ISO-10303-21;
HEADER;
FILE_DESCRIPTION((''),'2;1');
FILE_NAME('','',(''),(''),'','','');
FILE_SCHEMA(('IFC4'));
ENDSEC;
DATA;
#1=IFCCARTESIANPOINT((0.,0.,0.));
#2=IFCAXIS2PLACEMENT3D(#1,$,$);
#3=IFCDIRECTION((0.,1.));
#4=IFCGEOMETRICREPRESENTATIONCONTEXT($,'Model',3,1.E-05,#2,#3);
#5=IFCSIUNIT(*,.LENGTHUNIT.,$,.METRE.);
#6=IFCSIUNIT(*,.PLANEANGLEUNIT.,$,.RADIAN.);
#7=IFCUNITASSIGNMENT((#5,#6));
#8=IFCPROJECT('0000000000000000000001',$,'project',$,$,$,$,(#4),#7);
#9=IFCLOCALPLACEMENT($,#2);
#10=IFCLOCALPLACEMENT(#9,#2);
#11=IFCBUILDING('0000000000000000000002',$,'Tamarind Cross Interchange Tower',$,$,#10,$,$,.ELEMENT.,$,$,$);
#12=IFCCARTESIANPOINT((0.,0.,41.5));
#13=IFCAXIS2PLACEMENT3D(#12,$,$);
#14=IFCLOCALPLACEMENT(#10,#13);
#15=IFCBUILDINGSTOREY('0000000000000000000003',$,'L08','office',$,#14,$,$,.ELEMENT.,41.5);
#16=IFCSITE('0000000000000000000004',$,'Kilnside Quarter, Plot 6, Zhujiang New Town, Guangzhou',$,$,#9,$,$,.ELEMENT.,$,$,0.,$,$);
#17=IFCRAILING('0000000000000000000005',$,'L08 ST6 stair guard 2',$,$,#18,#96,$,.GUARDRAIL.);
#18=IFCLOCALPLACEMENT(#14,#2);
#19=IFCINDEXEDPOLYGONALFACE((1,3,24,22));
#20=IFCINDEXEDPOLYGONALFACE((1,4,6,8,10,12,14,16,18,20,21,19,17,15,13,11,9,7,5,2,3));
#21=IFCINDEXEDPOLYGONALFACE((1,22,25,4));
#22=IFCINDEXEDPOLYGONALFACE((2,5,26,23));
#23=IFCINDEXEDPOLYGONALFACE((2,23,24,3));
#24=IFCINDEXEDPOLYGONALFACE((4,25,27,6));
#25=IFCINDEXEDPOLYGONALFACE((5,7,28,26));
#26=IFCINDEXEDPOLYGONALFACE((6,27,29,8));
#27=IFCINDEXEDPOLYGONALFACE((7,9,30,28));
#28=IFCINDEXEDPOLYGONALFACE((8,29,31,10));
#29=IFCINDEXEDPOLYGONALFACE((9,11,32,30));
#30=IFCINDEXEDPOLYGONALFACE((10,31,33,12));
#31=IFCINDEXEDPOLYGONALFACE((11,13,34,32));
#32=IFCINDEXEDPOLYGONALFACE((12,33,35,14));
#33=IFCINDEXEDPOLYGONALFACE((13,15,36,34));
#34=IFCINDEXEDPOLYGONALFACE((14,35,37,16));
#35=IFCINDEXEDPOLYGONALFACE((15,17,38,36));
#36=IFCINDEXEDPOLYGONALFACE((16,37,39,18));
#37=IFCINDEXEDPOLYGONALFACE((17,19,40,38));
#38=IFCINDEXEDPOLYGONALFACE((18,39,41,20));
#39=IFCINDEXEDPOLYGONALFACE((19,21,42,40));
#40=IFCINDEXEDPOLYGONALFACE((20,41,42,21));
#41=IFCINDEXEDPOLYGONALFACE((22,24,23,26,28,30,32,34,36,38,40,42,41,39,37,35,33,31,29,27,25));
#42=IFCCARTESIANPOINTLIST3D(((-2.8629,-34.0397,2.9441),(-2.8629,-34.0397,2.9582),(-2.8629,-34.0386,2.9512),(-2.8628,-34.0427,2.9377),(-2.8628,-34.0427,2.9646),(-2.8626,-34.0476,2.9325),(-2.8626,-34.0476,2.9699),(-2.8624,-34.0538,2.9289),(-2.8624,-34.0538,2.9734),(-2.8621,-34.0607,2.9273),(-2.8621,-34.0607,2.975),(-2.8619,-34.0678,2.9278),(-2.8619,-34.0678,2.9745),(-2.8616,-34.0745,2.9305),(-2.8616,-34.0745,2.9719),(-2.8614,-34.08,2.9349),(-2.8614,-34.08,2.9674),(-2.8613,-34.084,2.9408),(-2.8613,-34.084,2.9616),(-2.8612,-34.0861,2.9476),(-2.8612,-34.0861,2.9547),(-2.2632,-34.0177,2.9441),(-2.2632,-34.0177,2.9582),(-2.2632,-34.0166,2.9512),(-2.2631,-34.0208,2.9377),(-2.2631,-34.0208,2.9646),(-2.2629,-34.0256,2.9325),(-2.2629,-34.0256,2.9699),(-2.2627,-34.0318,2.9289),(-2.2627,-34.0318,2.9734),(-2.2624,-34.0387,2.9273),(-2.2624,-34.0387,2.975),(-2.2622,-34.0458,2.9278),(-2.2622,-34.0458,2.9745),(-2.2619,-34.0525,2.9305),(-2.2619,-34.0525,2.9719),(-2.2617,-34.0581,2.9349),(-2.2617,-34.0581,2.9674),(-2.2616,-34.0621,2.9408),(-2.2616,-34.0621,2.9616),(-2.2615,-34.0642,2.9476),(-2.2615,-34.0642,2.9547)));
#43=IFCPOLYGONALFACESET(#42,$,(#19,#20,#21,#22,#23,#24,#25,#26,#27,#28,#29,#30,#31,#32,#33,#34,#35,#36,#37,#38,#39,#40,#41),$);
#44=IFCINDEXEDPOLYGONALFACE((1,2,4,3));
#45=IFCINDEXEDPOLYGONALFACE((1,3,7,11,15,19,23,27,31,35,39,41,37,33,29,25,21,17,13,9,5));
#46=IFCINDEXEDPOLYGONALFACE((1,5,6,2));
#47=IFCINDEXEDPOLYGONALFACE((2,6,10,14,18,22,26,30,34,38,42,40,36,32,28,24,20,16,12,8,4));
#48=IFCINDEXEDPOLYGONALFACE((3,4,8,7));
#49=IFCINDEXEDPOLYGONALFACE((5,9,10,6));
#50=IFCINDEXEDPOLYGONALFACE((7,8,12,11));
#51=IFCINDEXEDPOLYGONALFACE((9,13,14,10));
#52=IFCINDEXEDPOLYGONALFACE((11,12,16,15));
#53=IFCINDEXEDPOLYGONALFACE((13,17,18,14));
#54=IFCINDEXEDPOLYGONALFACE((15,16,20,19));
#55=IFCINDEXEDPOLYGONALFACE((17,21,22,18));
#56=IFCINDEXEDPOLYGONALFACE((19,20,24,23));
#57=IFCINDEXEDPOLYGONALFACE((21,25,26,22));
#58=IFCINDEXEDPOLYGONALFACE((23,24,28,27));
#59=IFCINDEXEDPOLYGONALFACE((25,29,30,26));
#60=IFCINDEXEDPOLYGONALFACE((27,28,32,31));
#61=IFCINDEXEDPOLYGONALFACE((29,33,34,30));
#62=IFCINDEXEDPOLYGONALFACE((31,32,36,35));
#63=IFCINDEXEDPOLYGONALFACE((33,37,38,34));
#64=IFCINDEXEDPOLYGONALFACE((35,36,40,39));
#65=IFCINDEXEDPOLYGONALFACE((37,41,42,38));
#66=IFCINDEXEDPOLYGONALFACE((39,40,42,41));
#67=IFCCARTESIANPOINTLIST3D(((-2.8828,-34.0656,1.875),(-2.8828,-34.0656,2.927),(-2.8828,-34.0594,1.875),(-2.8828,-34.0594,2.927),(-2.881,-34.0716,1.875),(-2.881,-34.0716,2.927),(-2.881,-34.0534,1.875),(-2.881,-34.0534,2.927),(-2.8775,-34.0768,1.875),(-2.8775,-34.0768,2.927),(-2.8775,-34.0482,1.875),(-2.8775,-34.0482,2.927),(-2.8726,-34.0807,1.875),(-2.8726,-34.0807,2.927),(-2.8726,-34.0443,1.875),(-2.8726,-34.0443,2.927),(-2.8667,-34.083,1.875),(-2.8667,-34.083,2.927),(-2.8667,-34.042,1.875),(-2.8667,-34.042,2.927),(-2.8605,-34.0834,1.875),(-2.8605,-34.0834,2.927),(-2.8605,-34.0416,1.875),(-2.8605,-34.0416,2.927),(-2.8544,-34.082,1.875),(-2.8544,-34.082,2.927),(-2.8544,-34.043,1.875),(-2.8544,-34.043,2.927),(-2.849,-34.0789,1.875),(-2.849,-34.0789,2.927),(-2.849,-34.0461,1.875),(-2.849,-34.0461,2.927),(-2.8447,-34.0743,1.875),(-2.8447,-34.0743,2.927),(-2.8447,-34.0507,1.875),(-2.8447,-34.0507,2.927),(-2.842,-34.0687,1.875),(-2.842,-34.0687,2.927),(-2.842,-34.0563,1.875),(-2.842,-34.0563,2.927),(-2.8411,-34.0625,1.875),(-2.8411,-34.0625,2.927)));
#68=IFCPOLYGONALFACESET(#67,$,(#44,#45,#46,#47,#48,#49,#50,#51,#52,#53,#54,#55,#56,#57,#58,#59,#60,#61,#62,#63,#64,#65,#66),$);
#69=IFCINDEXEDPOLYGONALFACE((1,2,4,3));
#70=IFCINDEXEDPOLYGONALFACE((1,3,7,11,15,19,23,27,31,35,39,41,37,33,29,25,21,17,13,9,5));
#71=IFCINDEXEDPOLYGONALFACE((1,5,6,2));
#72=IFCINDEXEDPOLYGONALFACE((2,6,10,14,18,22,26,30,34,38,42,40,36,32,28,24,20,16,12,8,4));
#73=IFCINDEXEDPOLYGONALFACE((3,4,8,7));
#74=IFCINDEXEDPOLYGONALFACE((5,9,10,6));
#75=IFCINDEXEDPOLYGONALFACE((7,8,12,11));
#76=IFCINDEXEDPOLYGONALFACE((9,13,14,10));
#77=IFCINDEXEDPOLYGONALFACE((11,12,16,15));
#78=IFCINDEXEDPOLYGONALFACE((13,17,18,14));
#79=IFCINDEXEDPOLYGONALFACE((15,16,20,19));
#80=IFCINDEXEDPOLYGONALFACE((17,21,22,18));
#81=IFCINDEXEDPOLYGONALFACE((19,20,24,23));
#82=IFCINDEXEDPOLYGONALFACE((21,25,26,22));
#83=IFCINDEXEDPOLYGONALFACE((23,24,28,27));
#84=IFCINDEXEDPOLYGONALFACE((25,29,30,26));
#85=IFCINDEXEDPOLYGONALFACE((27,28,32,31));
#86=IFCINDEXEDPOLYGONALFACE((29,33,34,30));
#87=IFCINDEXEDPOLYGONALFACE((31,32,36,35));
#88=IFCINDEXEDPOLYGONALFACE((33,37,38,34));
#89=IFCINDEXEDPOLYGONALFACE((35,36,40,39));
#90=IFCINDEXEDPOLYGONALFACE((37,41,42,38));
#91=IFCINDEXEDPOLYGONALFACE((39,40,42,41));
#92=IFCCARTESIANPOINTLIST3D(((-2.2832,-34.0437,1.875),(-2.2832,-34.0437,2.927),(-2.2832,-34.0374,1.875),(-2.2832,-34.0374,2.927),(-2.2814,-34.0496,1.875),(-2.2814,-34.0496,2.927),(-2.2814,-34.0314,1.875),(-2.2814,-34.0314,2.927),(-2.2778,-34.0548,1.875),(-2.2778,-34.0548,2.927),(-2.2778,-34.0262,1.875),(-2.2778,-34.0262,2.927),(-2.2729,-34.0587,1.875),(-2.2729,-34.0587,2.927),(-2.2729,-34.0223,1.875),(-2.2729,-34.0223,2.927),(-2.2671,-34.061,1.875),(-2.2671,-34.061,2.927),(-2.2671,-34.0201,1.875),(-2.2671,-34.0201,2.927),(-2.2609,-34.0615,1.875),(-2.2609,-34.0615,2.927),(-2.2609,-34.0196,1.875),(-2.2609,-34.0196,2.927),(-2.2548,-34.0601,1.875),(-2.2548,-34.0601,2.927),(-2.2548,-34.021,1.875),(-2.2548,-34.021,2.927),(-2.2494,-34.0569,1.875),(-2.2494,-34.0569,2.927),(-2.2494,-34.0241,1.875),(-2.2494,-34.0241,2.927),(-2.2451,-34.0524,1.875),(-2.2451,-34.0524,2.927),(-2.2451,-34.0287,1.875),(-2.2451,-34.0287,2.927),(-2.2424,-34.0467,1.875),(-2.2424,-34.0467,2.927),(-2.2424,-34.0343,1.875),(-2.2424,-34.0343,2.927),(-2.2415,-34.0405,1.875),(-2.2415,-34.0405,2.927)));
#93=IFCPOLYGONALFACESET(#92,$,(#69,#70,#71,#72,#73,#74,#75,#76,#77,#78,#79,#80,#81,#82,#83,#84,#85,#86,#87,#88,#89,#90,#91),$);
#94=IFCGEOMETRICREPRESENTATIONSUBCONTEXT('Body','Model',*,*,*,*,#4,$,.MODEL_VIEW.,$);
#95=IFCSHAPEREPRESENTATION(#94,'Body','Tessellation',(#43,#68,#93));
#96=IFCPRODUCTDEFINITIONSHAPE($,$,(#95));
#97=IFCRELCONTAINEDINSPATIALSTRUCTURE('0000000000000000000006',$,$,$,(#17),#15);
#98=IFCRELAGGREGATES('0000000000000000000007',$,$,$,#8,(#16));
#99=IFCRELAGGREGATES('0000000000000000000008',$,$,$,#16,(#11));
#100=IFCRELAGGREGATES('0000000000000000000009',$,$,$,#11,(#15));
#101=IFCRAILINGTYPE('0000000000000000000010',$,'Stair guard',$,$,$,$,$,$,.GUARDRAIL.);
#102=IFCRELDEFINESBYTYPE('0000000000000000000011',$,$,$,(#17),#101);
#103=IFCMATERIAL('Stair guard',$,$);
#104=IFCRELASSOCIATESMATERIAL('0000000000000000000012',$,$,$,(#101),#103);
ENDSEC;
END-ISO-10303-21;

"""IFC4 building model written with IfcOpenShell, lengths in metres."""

from ifc_helpers import new_model, si_unit, direction, frame, origin, origin_2d, place, context, subcontext, project, spatial, circle, extrude, material, type_object, element, save


model = new_model("IFC4")

# Units and contexts
model_context = context("Model", 3, precision=1e-05, world=origin(), true_north=direction((0.0, 1.0)))
body_context = subcontext(model_context, "Body", "Model", "MODEL_VIEW")
ifc_project = project(units=[si_unit("LENGTHUNIT", "METRE"), si_unit("PLANEANGLEUNIT", "RADIAN")], contexts=[model_context])

# Site, building, storey
site_placement = place(None, origin())
site = spatial("IfcSite", under=ifc_project, at=site_placement, Name="Kilnside Quarter, Plot 6, Zhujiang New Town, Guangzhou", CompositionType="ELEMENT", RefElevation=0.0)
building_placement = place(site_placement, origin())
building = spatial("IfcBuilding", under=site, at=building_placement, Name="Tamarind Cross Interchange Tower", CompositionType="ELEMENT")
storey_placement = place(building_placement, frame((0.0, 0.0, 41.5)))
storey = spatial("IfcBuildingStorey", under=building, at=storey_placement, Name="L08", Description="office", CompositionType="ELEMENT", Elevation=41.5)

# Railing
ifc_material_1 = material(Name="Stair guard")
railing_type_1 = type_object("IfcRailingType", Name="Stair guard", PredefinedType="GUARDRAIL", material=ifc_material_1)
railing_1_placement = place(storey_placement, frame((-2.8621, -34.0625, 1.875)))
element("IfcRailing", 1, at=railing_1_placement, inside=storey, type_object=railing_type_1, Name="L08 ST6 stair guard 2", PredefinedType="GUARDRAIL", context=body_context, shape_type="SweptSolid", body=[
    extrude(circle(Radius=0.0239, at=origin_2d()), frame((0.0, 0.0, 1.0762), z_axis=(0.999329, 0.03662, 0.0), x_axis=(-0.03662, 0.999329, 0.0)), (0.0, 0.0, 1.0), 0.6001),
    extrude(circle(Radius=0.021, at=origin_2d()), origin(), (0.0, 0.0, 1.0), 1.052),
    extrude(circle(Radius=0.021, at=origin_2d()), frame((0.5996, 0.022, 0.0)), (0.0, 0.0, 1.0), 1.052),
])

save(model, "model.ifc")
